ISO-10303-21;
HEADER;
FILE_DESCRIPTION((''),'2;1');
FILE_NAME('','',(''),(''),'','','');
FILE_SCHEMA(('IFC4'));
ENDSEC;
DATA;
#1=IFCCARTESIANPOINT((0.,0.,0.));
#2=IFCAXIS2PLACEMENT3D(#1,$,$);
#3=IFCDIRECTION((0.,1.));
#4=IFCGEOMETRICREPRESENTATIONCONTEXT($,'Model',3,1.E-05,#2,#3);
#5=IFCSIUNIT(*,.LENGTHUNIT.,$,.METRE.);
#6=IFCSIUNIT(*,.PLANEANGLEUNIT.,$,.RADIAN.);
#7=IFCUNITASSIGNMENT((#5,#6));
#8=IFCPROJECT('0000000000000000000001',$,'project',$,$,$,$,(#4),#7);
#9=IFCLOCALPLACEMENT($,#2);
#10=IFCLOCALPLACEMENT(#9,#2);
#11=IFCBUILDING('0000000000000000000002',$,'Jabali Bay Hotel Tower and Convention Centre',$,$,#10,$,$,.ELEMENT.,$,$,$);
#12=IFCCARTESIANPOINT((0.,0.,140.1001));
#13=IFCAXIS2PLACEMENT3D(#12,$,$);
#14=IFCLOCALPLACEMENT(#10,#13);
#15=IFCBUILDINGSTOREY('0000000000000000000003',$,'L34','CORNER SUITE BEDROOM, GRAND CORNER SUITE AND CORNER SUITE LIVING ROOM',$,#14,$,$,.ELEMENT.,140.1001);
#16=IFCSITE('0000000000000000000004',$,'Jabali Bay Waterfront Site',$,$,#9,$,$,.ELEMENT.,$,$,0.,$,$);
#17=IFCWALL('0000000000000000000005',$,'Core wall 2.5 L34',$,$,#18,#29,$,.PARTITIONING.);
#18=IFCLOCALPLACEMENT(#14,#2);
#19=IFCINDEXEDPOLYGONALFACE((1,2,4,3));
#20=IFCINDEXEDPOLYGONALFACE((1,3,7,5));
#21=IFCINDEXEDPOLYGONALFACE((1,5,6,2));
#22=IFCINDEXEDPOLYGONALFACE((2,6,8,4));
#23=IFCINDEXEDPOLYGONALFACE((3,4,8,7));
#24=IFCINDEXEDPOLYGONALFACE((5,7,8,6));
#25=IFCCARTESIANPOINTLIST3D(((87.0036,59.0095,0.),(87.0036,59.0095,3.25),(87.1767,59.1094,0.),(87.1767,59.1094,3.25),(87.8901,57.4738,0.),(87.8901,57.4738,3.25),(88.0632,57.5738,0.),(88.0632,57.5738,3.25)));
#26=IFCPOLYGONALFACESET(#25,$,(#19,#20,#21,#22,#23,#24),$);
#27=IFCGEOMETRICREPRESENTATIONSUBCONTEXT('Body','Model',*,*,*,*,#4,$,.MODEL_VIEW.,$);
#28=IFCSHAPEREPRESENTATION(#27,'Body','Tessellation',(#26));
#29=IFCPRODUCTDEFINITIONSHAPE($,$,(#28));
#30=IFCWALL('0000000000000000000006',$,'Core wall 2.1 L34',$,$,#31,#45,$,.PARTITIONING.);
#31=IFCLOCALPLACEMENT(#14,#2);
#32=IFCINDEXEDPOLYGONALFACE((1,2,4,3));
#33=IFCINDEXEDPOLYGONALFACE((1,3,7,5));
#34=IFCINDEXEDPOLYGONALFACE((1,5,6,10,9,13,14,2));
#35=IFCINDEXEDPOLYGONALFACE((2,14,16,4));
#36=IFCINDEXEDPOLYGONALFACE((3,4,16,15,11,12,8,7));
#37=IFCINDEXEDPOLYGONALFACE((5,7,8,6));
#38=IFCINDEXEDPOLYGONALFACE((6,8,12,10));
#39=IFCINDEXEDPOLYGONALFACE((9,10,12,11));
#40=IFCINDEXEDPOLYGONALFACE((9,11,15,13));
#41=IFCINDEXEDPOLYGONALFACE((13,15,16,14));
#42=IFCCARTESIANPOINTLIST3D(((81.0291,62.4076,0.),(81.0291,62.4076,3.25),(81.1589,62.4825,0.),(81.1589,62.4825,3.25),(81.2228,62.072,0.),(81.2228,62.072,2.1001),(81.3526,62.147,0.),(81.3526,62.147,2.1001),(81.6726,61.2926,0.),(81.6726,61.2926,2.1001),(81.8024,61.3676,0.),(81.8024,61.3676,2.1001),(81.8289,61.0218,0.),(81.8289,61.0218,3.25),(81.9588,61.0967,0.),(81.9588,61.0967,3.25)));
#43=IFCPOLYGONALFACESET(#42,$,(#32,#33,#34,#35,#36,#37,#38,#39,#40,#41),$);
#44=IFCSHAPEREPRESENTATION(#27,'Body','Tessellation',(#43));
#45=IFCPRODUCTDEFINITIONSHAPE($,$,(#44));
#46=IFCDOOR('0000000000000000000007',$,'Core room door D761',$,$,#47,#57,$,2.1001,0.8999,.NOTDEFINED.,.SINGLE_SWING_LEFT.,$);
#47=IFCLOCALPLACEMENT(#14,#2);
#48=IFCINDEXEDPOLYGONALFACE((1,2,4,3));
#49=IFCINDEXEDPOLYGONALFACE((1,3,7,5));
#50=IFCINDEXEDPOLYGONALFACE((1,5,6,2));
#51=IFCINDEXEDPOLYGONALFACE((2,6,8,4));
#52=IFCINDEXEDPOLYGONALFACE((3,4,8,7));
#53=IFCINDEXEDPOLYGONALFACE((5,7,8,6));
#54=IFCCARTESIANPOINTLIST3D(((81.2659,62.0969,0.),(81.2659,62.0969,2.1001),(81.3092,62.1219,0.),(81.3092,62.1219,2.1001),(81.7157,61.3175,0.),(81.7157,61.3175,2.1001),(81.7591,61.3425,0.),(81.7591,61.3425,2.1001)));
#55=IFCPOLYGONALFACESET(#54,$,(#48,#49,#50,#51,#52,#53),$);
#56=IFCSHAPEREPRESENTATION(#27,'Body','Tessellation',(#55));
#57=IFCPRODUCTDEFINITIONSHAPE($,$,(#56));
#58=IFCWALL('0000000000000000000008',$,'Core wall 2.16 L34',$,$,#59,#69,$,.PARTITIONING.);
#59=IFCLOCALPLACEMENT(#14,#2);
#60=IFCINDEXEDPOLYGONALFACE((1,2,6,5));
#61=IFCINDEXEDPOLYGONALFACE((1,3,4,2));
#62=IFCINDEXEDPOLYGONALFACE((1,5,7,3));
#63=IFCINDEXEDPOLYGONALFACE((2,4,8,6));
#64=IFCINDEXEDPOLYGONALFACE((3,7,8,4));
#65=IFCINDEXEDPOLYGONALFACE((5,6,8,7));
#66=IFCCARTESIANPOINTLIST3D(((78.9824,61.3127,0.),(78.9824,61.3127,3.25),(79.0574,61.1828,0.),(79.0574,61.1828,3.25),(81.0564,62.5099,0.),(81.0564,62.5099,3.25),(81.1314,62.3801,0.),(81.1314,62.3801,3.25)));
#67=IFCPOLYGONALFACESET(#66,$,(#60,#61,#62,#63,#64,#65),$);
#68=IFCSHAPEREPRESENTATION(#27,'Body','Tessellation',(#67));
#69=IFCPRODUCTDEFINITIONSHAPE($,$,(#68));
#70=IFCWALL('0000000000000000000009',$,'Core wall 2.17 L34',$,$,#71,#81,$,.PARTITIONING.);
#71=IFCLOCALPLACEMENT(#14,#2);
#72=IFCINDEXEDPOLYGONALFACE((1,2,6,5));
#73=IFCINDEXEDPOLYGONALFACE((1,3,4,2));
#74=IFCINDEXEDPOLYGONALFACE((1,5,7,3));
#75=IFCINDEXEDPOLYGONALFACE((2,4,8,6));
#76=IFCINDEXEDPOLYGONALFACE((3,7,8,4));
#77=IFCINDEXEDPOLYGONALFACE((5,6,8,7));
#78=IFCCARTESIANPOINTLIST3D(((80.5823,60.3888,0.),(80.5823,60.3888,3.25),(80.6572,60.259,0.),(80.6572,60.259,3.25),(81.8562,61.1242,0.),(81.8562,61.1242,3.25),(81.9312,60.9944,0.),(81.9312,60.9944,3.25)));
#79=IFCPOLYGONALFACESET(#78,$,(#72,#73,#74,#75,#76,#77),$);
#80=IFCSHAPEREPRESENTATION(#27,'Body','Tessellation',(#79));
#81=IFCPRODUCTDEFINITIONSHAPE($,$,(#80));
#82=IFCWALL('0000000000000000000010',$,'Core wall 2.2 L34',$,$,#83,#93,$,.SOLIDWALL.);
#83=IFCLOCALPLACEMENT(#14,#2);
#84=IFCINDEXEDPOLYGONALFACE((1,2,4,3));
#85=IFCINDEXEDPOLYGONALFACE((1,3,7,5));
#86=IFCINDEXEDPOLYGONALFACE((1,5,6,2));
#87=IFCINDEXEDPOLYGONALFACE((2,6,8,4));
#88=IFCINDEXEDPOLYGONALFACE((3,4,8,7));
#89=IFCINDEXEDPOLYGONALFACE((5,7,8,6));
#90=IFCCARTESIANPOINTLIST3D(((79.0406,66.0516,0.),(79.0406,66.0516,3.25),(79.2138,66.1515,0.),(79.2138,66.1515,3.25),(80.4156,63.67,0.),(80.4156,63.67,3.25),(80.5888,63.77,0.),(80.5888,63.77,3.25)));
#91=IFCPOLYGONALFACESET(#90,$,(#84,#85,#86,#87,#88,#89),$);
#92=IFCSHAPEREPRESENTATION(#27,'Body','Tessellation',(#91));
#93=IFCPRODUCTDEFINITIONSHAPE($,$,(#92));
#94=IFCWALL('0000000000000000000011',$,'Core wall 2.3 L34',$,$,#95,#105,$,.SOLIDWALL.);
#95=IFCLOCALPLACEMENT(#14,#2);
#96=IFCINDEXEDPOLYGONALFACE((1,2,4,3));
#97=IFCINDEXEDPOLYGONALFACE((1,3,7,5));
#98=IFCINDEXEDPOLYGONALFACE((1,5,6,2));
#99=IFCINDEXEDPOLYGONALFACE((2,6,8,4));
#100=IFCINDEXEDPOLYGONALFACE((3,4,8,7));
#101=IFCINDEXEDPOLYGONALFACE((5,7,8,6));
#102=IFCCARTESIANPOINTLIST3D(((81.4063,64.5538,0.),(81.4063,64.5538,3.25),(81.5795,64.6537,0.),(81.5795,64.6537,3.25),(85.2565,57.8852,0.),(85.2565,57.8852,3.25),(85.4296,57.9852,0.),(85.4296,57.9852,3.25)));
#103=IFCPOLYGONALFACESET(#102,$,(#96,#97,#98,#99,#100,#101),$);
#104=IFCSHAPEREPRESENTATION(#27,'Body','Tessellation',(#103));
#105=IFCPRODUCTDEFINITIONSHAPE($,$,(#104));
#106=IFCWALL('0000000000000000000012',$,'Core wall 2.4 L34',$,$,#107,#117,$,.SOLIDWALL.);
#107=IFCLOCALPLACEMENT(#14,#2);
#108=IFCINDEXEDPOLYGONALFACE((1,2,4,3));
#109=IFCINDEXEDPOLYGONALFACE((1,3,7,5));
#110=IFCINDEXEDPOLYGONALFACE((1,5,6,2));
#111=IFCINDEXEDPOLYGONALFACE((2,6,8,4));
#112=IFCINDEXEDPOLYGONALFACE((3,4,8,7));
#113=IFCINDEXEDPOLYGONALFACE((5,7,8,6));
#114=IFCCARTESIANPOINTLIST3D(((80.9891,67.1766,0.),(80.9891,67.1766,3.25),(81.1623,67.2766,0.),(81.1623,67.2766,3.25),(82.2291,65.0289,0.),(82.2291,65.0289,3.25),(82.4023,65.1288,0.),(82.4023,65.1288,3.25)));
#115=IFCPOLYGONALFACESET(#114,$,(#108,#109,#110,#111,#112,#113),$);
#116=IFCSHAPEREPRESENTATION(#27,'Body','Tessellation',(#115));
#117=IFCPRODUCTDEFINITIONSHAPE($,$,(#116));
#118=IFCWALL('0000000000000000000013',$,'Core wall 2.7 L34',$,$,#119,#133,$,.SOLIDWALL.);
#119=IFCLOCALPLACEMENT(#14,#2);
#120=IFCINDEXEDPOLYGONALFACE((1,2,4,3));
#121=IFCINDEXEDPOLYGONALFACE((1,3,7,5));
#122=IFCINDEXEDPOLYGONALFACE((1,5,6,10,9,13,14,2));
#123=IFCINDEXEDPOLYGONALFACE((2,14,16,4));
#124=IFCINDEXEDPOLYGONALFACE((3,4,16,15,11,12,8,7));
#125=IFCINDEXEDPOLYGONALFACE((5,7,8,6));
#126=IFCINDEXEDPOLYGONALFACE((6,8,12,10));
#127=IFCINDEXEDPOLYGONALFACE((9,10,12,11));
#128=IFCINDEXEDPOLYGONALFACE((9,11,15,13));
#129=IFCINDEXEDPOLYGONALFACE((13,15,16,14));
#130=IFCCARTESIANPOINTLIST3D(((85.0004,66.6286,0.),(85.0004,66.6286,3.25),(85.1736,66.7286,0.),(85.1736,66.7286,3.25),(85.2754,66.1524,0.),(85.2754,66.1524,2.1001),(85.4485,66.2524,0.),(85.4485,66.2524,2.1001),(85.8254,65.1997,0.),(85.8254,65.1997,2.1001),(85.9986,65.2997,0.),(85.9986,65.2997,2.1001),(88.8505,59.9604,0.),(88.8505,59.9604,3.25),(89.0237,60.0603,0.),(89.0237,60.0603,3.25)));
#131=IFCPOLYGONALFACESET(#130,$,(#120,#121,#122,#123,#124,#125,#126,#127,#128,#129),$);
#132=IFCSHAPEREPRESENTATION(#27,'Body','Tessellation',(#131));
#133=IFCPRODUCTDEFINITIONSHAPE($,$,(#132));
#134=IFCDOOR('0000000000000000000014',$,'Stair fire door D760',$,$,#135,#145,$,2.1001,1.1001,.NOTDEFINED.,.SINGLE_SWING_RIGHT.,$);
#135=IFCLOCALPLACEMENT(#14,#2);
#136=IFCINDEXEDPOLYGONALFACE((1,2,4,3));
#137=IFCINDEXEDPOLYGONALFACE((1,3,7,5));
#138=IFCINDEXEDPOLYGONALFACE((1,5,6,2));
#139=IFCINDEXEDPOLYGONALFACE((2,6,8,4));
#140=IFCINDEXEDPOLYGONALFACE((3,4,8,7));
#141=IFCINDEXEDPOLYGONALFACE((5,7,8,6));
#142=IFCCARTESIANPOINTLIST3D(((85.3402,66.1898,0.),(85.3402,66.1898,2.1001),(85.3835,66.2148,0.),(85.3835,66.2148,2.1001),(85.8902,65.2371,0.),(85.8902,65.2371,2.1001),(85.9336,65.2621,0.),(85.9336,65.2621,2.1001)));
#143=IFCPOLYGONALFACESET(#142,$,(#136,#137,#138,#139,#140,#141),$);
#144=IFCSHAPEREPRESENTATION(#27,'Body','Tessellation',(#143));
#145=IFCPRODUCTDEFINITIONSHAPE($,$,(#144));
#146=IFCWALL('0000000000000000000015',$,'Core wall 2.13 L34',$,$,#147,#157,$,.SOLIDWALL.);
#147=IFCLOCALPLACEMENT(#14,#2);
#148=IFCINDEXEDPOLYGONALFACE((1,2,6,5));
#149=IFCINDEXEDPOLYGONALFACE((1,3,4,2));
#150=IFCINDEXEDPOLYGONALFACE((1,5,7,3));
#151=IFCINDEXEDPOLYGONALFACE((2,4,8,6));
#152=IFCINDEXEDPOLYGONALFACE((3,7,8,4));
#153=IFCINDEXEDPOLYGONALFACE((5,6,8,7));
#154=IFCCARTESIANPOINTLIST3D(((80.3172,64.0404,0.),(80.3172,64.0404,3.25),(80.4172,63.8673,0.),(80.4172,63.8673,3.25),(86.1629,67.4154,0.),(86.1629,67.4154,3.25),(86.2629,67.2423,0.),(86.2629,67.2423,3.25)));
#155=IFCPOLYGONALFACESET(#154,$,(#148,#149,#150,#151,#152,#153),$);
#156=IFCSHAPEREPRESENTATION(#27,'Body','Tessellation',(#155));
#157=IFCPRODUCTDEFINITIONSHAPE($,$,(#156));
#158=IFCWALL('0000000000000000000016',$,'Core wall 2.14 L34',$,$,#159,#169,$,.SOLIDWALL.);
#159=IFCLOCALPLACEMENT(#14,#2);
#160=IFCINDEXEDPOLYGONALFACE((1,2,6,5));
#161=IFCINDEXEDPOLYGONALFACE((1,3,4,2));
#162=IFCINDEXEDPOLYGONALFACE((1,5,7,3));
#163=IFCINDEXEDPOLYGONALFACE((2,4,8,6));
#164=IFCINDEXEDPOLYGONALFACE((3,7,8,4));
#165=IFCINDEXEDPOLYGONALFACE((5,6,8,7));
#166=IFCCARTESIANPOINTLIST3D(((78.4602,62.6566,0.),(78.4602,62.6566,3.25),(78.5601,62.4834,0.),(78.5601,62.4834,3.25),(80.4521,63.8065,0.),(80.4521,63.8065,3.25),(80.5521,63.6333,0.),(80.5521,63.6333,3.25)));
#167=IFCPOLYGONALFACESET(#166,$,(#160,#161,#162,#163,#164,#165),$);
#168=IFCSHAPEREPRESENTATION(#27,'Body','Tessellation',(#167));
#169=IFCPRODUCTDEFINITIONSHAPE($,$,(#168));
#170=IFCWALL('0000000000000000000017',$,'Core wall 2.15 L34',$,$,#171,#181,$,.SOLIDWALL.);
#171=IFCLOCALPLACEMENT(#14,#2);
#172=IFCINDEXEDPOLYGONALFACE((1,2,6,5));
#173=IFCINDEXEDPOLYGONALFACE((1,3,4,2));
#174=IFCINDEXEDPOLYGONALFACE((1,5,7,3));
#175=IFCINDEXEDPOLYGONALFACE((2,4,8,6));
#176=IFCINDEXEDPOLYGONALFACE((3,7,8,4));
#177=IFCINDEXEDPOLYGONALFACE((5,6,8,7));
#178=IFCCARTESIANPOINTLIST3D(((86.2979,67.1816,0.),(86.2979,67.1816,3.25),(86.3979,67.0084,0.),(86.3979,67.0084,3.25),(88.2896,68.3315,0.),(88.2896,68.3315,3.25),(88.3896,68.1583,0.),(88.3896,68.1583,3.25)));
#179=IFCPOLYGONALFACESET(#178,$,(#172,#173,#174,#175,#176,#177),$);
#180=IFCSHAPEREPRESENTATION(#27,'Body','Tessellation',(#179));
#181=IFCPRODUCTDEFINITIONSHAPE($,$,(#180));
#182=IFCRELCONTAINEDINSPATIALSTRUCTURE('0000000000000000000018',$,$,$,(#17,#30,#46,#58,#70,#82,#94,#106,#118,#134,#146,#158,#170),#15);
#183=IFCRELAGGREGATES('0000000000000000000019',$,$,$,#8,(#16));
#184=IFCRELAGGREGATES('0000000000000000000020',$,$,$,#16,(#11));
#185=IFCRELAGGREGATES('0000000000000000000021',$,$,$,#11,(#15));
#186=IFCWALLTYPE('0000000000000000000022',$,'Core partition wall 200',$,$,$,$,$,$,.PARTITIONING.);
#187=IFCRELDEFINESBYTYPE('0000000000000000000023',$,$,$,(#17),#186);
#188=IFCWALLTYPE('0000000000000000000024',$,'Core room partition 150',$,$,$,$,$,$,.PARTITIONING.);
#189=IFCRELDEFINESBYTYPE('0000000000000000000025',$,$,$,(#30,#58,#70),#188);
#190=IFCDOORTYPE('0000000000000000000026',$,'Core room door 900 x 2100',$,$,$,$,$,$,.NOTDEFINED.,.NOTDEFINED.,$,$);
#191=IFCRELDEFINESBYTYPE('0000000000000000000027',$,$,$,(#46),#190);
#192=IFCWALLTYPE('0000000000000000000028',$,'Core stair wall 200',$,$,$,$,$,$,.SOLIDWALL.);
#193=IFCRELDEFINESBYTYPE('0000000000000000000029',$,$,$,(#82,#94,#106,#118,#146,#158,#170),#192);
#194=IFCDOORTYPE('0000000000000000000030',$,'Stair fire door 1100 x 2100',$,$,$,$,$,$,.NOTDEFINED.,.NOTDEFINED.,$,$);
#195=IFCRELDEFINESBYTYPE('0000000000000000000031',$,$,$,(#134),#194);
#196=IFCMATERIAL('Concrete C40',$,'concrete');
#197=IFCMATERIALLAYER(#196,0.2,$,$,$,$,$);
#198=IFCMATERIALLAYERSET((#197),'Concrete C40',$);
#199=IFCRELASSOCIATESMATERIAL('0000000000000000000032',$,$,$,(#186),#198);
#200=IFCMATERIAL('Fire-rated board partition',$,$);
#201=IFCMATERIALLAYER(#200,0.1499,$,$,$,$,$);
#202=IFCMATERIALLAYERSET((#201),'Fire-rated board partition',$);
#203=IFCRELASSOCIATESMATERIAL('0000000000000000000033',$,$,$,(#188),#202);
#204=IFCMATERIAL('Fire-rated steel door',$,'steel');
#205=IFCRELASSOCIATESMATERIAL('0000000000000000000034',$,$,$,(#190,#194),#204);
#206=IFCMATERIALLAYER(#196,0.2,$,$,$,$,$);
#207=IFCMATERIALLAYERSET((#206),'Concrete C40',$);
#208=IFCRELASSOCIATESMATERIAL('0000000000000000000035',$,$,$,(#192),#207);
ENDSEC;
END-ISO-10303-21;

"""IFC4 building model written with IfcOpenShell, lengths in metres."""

from ifc_helpers import new_model, si_unit, direction, frame, frame_2d, origin, place, context, subcontext, project, spatial, rectangle, extrude, material, layer, layer_set, type_object, element, fill, save


model = new_model("IFC4")

# Units and contexts
model_context = context("Model", 3, precision=1e-05, world=origin(), true_north=direction((0.0, 1.0)))
body_context = subcontext(model_context, "Body", "Model", "MODEL_VIEW")
ifc_project = project(units=[si_unit("LENGTHUNIT", "METRE"), si_unit("PLANEANGLEUNIT", "RADIAN")], contexts=[model_context])

# Site, building, storey
site_placement = place(None, origin())
site = spatial("IfcSite", under=ifc_project, at=site_placement, Name="Jabali Bay Waterfront Site", CompositionType="ELEMENT", RefElevation=0.0)
building_placement = place(site_placement, origin())
building = spatial("IfcBuilding", under=site, at=building_placement, Name="Jabali Bay Hotel Tower and Convention Centre", CompositionType="ELEMENT")
storey_placement = place(building_placement, frame((0.0, 0.0, 140.1001)))
storey = spatial("IfcBuildingStorey", under=building, at=storey_placement, Name="L34", Description="CORNER SUITE BEDROOM, GRAND CORNER SUITE AND CORNER SUITE LIVING ROOM", CompositionType="ELEMENT", Elevation=140.1001)

# Wall
ifc_material_1 = material(Name="Concrete C40", Category="concrete")
ifc_layer_1 = layer(ifc_material_1, 0.2)
ifc_layer_set_1 = layer_set([ifc_layer_1], Name="Concrete C40")
wall_type_1 = type_object("IfcWallType", Name="Core partition wall 200", PredefinedType="PARTITIONING", material=ifc_layer_set_1)
wall_1_placement = place(storey_placement, frame((87.0901, 59.0596, 0.0), z_axis=(0.0, 0.0, 1.0), x_axis=(0.499945, -0.866057, 0.0)))
element("IfcWall", 1, at=wall_1_placement, inside=storey, type_object=wall_type_1, Name="Core wall 2.5 L34", PredefinedType="PARTITIONING", context=body_context, shape_type="SweptSolid", body=[
    extrude(rectangle(XDim=1.7732, YDim=0.2, at=frame_2d((0.8867, 0.0))), origin(), (0.0, 0.0, 1.0), 3.25),
])

# Wall, opening, door
ifc_material_2 = material(Name="Fire-rated board partition")
ifc_layer_2 = layer(ifc_material_2, 0.1499)
ifc_layer_set_2 = layer_set([ifc_layer_2], Name="Fire-rated board partition")
wall_type_2 = type_object("IfcWallType", Name="Core room partition 150", PredefinedType="PARTITIONING", material=ifc_layer_set_2)
wall_2_placement = place(storey_placement, frame((81.094, 62.4451, 0.0), z_axis=(0.0, 0.0, 1.0), x_axis=(0.499881, -0.866094, 0.0)))
wall_2 = element("IfcWall", 2, at=wall_2_placement, inside=storey, type_object=wall_type_2, Name="Core wall 2.1 L34", PredefinedType="PARTITIONING", context=body_context, shape_type="SweptSolid", body=[
    extrude(rectangle(XDim=1.6001, YDim=0.1499, at=frame_2d((0.8, 0.0))), origin(), (0.0, 0.0, 1.0), 3.25),
])
opening_1_placement = place(wall_2_placement, frame((0.3875, 0.0, 0.0)))
opening_1 = element("IfcOpeningElement", 3, at=opening_1_placement, cuts=wall_2, PredefinedType="OPENING", context=body_context, shape_type="SweptSolid", body=[
    extrude(rectangle(XDim=0.8999, YDim=2.1001, at=frame_2d((0.45, 1.05))), frame((0.0, 0.0854, 0.0), z_axis=(0.0, -1.0, 0.0), x_axis=(1.0, 0.0, 0.0)), (0.0, 0.0, 1.0), 0.1709),
])
ifc_material_3 = material(Name="Fire-rated steel door", Category="steel")
door_type_1 = type_object("IfcDoorType", Name="Core room door 900 x 2100", OperationType="NOTDEFINED", PredefinedType="NOTDEFINED", material=ifc_material_3)
door_1_placement = place(opening_1_placement, origin())
door_1 = element("IfcDoor", 4, at=door_1_placement, inside=storey, type_object=door_type_1, Name="Core room door D761", OperationType="SINGLE_SWING_LEFT", OverallHeight=2.1001, OverallWidth=0.8999, PredefinedType="NOTDEFINED", context=body_context, shape_type="SweptSolid", body=[
    extrude(rectangle(XDim=0.8999, YDim=2.1001, at=frame_2d((0.45, 1.05))), frame((0.0, 0.0249, 0.0), z_axis=(0.0, -1.0, 0.0), x_axis=(1.0, 0.0, 0.0)), (0.0, 0.0, 1.0), 0.05),
])
fill(opening_1, door_1)

# Walls
wall_3_placement = place(storey_placement, frame((79.02, 61.2478, 0.0), z_axis=(0.0, 0.0, 1.0), x_axis=(0.866051, 0.499955, 0.0)))
element("IfcWall", 5, at=wall_3_placement, inside=storey, type_object=wall_type_2, Name="Core wall 2.16 L34", PredefinedType="PARTITIONING", context=body_context, shape_type="SweptSolid", body=[
    extrude(rectangle(XDim=2.3948, YDim=0.1499, at=frame_2d((1.1973, 0.0))), origin(), (0.0, 0.0, 1.0), 3.25),
])
wall_4_placement = place(storey_placement, frame((80.6199, 60.324, 0.0), z_axis=(0.0, 0.0, 1.0), x_axis=(0.86607, 0.499924, 0.0)))
element("IfcWall", 6, at=wall_4_placement, inside=storey, type_object=wall_type_2, Name="Core wall 2.17 L34", PredefinedType="PARTITIONING", context=body_context, shape_type="SweptSolid", body=[
    extrude(rectangle(XDim=1.4709, YDim=0.1499, at=frame_2d((0.7354, 0.0))), origin(), (0.0, 0.0, 1.0), 3.25),
])
ifc_layer_3 = layer(ifc_material_1, 0.2)
ifc_layer_set_3 = layer_set([ifc_layer_3], Name="Concrete C40")
wall_type_3 = type_object("IfcWallType", Name="Core stair wall 200", PredefinedType="SOLIDWALL", material=ifc_layer_set_3)
wall_5_placement = place(storey_placement, frame((79.1272, 66.1016, 0.0), z_axis=(0.0, 0.0, 1.0), x_axis=(0.499997, -0.866027, 0.0)))
element("IfcWall", 7, at=wall_5_placement, inside=storey, type_object=wall_type_3, Name="Core wall 2.2 L34", PredefinedType="SOLIDWALL", context=body_context, shape_type="SweptSolid", body=[
    extrude(rectangle(XDim=2.75, YDim=0.2, at=frame_2d((1.375, 0.0))), origin(), (0.0, 0.0, 1.0), 3.25),
])
wall_6_placement = place(storey_placement, frame((81.4929, 64.6038, 0.0), z_axis=(0.0, 0.0, 1.0), x_axis=(0.500006, -0.866022, 0.0)))
element("IfcWall", 8, at=wall_6_placement, inside=storey, type_object=wall_type_3, Name="Core wall 2.3 L34", PredefinedType="SOLIDWALL", context=body_context, shape_type="SweptSolid", body=[
    extrude(rectangle(XDim=7.7002, YDim=0.2, at=frame_2d((3.8501, 0.0))), origin(), (0.0, 0.0, 1.0), 3.25),
])
wall_7_placement = place(storey_placement, frame((81.0757, 67.2266, 0.0), z_axis=(0.0, 0.0, 1.0), x_axis=(0.500004, -0.866023, 0.0)))
element("IfcWall", 9, at=wall_7_placement, inside=storey, type_object=wall_type_3, Name="Core wall 2.4 L34", PredefinedType="SOLIDWALL", context=body_context, shape_type="SweptSolid", body=[
    extrude(rectangle(XDim=2.48, YDim=0.2, at=frame_2d((1.24, 0.0))), origin(), (0.0, 0.0, 1.0), 3.25),
])

# Wall, opening, door
wall_8_placement = place(storey_placement, frame((85.0869, 66.6787, 0.0), z_axis=(0.0, 0.0, 1.0), x_axis=(0.50002, -0.866014, 0.0)))
wall_8 = element("IfcWall", 10, at=wall_8_placement, inside=storey, type_object=wall_type_3, Name="Core wall 2.7 L34", PredefinedType="SOLIDWALL", context=body_context, shape_type="SweptSolid", body=[
    extrude(rectangle(XDim=7.7, YDim=0.2, at=frame_2d((3.8501, 0.0))), origin(), (0.0, 0.0, 1.0), 3.25),
])
opening_2_placement = place(wall_8_placement, frame((0.55, 0.0, 0.0)))
opening_2 = element("IfcOpeningElement", 11, at=opening_2_placement, cuts=wall_8, PredefinedType="OPENING", context=body_context, shape_type="SweptSolid", body=[
    extrude(rectangle(XDim=1.1001, YDim=2.1001, at=frame_2d((0.55, 1.05))), frame((0.0, 0.1104, 0.0), z_axis=(0.0, -1.0, 0.0), x_axis=(1.0, 0.0, 0.0)), (0.0, 0.0, 1.0), 0.2209),
])
door_type_2 = type_object("IfcDoorType", Name="Stair fire door 1100 x 2100", OperationType="NOTDEFINED", PredefinedType="NOTDEFINED", material=ifc_material_3)
door_2_placement = place(opening_2_placement, origin())
door_2 = element("IfcDoor", 12, at=door_2_placement, inside=storey, type_object=door_type_2, Name="Stair fire door D760", OperationType="SINGLE_SWING_RIGHT", OverallHeight=2.1001, OverallWidth=1.1001, PredefinedType="NOTDEFINED", context=body_context, shape_type="SweptSolid", body=[
    extrude(rectangle(XDim=1.1001, YDim=2.1001, at=frame_2d((0.55, 1.05))), frame((0.0, 0.0249, 0.0), z_axis=(0.0, -1.0, 0.0), x_axis=(1.0, 0.0, 0.0)), (0.0, 0.0, 1.0), 0.05),
])
fill(opening_2, door_2)

# Walls
wall_9_placement = place(storey_placement, frame((80.3672, 63.9539, 0.0), z_axis=(0.0, 0.0, 1.0), x_axis=(0.866027, 0.499998, 0.0)))
element("IfcWall", 13, at=wall_9_placement, inside=storey, type_object=wall_type_3, Name="Core wall 2.13 L34", PredefinedType="SOLIDWALL", context=body_context, shape_type="SweptSolid", body=[
    extrude(rectangle(XDim=6.75, YDim=0.2, at=frame_2d((3.375, 0.0))), origin(), (0.0, 0.0, 1.0), 3.25),
])
wall_10_placement = place(storey_placement, frame((78.5103, 62.5701, 0.0), z_axis=(0.0, 0.0, 1.0), x_axis=(0.866053, 0.499952, 0.0)))
element("IfcWall", 14, at=wall_10_placement, inside=storey, type_object=wall_type_3, Name="Core wall 2.14 L34", PredefinedType="SOLIDWALL", context=body_context, shape_type="SweptSolid", body=[
    extrude(rectangle(XDim=2.3, YDim=0.2, at=frame_2d((1.1499, 0.0))), origin(), (0.0, 0.0, 1.0), 3.25),
])
wall_11_placement = place(storey_placement, frame((86.3479, 67.095, 0.0), z_axis=(0.0, 0.0, 1.0), x_axis=(0.866026, 0.499998, 0.0)))
element("IfcWall", 15, at=wall_11_placement, inside=storey, type_object=wall_type_3, Name="Core wall 2.15 L34", PredefinedType="SOLIDWALL", context=body_context, shape_type="SweptSolid", body=[
    extrude(rectangle(XDim=2.2998, YDim=0.2, at=frame_2d((1.1499, 0.0))), origin(), (0.0, 0.0, 1.0), 3.25),
])

save(model, "model.ifc")
